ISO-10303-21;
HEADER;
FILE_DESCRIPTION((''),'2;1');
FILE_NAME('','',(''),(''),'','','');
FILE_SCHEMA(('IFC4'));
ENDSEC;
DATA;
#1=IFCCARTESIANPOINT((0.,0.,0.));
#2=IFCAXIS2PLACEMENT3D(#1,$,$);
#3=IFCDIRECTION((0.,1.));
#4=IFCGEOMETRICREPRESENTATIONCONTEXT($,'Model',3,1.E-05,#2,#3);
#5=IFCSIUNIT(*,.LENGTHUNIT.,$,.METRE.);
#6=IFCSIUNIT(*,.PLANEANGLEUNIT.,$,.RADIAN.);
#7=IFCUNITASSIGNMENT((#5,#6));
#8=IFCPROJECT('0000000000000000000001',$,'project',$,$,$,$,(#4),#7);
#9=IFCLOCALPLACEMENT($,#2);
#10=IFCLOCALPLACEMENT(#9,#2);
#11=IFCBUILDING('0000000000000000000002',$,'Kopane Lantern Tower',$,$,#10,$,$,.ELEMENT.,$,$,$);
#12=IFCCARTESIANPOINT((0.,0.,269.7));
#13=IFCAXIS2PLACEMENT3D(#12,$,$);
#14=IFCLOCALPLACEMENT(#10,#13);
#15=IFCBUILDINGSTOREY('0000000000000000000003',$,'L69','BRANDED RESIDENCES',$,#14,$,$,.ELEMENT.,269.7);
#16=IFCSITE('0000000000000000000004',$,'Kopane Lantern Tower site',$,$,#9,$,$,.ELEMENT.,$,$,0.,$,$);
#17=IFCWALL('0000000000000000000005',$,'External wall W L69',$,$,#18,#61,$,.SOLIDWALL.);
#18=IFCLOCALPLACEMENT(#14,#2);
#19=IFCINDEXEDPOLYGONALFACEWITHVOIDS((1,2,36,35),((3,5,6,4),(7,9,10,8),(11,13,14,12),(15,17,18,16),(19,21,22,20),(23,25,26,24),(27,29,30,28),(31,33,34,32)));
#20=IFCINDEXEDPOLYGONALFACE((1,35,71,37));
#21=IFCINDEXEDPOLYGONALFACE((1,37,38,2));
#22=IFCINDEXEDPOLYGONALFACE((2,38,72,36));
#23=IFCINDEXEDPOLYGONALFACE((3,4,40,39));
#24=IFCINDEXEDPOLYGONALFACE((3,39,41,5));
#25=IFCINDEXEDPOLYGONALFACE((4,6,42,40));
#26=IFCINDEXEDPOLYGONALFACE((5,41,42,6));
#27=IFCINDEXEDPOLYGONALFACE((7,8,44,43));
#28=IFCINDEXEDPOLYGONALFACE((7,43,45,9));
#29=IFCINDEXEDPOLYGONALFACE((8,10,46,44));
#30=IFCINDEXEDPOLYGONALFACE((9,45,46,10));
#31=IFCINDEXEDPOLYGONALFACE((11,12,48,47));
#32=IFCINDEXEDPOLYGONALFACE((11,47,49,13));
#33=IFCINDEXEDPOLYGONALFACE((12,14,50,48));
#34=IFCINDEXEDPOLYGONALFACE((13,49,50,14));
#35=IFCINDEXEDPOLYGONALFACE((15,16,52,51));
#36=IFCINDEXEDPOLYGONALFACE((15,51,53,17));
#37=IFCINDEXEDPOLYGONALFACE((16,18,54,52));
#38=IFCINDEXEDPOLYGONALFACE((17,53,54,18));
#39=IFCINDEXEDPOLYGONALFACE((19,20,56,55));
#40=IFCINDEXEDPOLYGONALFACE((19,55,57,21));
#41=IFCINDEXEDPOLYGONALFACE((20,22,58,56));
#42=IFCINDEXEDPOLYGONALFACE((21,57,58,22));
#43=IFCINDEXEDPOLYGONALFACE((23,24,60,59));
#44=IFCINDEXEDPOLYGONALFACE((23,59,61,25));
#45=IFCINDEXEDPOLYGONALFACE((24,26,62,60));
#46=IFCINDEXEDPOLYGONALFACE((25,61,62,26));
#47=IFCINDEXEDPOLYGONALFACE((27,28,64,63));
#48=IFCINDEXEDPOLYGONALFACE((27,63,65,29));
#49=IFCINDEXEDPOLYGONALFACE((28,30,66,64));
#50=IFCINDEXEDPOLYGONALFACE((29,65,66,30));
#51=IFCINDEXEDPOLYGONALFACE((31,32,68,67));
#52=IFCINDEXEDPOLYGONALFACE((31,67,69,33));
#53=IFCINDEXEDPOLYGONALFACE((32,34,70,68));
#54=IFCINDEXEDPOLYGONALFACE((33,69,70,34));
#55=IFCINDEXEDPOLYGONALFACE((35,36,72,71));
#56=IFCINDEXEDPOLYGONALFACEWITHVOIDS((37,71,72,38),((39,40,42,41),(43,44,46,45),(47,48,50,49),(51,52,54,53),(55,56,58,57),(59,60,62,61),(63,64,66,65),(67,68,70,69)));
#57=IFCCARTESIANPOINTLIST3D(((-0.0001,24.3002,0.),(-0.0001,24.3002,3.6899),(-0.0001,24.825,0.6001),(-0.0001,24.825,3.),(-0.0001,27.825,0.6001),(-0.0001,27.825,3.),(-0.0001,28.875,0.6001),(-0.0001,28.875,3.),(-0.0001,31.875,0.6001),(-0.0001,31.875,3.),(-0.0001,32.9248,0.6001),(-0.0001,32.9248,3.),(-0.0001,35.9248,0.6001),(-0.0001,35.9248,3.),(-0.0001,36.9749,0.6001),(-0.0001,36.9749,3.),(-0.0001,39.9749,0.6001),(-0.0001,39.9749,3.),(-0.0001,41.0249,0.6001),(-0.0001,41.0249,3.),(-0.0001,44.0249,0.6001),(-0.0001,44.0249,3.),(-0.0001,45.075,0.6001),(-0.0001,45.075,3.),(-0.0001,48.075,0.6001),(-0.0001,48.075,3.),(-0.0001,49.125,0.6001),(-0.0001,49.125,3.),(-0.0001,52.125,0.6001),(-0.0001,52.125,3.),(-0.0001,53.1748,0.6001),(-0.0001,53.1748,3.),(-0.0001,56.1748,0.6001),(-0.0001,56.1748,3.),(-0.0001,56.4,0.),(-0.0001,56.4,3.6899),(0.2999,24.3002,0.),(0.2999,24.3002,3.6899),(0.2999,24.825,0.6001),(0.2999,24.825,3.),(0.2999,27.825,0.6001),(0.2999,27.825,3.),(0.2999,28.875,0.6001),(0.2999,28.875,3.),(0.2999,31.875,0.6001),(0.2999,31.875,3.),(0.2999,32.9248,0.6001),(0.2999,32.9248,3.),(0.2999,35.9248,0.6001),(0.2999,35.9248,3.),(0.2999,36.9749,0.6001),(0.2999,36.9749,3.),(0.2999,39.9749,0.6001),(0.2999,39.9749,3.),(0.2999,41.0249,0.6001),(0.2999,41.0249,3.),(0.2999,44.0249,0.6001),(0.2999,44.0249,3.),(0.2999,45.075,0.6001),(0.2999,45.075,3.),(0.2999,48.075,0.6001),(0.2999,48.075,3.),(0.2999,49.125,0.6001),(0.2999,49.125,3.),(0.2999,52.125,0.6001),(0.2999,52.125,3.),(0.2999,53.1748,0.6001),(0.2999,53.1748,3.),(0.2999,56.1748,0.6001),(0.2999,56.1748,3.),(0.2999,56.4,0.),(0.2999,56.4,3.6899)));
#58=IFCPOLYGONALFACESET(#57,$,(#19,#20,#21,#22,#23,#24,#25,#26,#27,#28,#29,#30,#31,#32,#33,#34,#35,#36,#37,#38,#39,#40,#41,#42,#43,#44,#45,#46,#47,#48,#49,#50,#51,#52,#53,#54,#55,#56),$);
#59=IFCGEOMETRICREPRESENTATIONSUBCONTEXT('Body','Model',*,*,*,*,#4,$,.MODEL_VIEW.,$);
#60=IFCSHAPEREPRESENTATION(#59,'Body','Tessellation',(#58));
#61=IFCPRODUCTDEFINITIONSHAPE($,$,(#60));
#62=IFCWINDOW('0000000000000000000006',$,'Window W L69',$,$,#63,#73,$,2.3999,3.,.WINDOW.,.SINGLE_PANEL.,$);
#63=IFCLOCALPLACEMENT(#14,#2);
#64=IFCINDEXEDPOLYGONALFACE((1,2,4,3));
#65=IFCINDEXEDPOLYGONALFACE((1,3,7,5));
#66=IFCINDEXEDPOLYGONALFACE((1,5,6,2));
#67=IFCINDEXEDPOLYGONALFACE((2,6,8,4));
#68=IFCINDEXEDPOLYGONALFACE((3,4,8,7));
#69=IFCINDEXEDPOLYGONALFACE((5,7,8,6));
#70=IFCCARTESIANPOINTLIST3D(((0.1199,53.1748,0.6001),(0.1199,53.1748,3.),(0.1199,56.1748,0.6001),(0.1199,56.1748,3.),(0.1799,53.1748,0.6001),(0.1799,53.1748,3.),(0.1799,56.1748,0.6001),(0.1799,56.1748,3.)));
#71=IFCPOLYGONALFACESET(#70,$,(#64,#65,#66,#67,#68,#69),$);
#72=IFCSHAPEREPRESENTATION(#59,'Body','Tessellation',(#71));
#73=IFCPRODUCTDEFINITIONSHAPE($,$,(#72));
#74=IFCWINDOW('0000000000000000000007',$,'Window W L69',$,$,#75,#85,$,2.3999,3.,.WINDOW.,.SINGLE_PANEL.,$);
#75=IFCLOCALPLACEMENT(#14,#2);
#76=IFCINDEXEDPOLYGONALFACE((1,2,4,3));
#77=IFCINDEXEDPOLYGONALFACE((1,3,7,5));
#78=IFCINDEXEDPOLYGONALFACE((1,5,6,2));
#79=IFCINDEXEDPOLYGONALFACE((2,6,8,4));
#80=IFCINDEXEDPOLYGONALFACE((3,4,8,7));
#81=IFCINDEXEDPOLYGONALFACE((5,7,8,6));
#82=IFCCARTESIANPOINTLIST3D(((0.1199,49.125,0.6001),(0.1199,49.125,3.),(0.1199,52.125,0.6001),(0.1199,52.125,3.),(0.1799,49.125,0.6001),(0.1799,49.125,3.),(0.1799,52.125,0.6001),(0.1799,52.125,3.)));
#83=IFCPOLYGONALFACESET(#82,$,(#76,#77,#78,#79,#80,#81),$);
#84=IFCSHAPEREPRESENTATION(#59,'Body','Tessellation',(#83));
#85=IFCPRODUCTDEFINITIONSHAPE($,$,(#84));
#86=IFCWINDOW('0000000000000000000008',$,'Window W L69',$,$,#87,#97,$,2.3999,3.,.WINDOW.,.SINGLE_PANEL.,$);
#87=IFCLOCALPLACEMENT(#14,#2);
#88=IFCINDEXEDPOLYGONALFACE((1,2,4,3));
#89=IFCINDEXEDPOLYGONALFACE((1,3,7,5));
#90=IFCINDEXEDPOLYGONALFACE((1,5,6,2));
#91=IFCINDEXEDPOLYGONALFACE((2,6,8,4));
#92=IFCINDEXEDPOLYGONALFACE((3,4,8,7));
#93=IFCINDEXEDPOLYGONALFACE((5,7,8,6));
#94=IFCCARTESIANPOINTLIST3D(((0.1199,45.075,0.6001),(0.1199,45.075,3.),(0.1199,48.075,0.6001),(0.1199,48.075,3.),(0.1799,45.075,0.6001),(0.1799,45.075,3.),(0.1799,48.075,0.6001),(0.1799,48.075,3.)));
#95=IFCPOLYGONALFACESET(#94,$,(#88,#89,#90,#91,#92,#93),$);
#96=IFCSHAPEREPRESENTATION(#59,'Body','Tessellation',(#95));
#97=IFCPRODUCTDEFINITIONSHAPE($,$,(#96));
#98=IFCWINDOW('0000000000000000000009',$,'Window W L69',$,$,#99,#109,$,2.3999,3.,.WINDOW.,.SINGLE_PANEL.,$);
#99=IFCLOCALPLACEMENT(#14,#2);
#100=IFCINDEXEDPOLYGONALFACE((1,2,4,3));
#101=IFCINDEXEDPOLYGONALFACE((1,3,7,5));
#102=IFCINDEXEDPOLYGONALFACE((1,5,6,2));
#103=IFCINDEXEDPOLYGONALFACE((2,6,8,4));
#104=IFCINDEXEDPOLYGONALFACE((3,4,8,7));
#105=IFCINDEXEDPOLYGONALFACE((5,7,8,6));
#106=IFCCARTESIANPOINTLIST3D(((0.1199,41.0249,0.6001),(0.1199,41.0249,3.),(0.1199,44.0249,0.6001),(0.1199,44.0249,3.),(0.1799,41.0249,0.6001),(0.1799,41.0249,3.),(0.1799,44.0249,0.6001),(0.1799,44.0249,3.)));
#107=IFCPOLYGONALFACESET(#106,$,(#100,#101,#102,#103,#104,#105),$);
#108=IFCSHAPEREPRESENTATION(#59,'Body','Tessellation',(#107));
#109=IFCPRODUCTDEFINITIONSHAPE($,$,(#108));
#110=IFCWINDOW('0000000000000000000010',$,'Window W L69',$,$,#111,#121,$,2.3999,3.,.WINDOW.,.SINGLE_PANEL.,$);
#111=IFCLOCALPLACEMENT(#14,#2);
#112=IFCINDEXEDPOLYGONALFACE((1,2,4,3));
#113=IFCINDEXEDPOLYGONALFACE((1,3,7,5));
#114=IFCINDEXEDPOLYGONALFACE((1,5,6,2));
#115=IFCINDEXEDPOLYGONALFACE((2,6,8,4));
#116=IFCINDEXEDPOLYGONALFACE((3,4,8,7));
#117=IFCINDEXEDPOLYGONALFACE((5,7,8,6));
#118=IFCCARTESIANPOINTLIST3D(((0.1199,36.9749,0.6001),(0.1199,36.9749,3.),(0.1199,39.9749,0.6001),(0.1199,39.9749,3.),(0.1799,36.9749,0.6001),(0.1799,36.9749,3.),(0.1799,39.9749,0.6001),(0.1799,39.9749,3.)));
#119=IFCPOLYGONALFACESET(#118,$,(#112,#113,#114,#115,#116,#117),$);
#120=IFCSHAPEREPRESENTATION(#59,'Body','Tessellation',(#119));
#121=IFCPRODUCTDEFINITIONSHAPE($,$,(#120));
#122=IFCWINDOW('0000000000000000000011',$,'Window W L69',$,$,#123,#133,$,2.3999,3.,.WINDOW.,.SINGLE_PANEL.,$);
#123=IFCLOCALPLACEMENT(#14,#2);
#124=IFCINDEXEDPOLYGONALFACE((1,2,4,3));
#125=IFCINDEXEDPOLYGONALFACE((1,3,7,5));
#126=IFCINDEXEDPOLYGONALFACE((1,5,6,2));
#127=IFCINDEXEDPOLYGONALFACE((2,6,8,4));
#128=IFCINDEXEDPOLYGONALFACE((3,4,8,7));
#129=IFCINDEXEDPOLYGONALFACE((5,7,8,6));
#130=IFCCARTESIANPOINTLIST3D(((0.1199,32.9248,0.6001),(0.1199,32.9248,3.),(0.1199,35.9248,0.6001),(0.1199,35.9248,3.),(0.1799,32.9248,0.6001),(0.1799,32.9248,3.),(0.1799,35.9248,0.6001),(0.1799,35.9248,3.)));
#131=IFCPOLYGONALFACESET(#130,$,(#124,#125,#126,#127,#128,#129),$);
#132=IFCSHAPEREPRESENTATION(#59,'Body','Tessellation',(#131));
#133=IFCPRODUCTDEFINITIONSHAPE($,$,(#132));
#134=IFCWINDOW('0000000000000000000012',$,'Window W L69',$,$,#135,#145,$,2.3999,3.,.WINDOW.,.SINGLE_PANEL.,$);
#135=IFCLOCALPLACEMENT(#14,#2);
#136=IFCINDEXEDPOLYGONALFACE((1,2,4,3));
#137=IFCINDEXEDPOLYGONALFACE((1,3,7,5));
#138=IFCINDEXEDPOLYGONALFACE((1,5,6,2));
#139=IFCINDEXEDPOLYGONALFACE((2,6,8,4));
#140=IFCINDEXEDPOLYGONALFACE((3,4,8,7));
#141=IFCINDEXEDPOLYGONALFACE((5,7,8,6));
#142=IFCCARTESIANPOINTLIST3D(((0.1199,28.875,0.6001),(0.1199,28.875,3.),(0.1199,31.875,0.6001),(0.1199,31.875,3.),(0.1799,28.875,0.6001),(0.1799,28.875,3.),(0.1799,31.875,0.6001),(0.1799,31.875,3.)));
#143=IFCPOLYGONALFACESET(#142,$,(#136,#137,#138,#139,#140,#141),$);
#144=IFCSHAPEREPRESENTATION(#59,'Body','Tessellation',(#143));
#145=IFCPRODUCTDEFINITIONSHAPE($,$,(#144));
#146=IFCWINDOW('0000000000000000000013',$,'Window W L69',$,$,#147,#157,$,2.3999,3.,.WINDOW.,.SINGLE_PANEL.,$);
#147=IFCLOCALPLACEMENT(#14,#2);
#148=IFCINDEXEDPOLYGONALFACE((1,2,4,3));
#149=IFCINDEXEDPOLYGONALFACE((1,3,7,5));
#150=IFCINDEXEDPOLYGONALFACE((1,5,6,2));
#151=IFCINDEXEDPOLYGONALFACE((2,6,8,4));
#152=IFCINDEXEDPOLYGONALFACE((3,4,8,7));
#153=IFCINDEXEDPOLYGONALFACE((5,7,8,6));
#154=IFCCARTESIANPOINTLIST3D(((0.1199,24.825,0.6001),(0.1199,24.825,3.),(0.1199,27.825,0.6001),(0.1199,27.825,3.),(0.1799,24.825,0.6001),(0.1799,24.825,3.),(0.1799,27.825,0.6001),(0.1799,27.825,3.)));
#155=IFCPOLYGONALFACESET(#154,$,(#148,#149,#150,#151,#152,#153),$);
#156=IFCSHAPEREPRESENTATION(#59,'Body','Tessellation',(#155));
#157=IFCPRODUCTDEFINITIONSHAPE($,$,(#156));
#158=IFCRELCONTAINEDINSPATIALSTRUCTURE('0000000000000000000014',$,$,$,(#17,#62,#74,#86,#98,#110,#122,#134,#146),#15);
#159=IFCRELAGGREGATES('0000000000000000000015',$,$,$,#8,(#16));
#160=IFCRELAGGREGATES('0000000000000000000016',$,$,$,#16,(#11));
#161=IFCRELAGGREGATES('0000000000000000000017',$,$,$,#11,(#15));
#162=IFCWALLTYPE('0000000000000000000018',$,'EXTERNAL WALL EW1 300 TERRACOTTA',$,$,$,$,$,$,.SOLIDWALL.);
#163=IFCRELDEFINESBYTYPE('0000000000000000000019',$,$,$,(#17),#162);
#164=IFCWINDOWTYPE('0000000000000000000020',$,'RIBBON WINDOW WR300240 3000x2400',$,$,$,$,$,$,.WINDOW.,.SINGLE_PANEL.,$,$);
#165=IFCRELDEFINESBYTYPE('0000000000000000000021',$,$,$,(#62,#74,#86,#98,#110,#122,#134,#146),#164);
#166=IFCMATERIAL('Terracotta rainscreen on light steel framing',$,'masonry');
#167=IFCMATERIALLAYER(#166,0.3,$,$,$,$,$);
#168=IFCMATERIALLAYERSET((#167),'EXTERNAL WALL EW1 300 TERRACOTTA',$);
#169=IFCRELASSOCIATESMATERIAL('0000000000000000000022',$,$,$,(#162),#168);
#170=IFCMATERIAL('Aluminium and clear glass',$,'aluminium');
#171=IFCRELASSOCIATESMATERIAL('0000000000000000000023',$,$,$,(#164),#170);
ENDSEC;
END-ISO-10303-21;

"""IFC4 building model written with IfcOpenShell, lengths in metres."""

from ifc_helpers import new_model, si_unit, direction, frame, frame_2d, origin, place, context, subcontext, project, spatial, rectangle, extrude, material, layer, layer_set, type_object, element, fill, save


model = new_model("IFC4")

# Units and contexts
model_context = context("Model", 3, precision=1e-05, world=origin(), true_north=direction((0.0, 1.0)))
body_context = subcontext(model_context, "Body", "Model", "MODEL_VIEW")
ifc_project = project(units=[si_unit("LENGTHUNIT", "METRE"), si_unit("PLANEANGLEUNIT", "RADIAN")], contexts=[model_context])

# Site, building, storey
site_placement = place(None, origin())
site = spatial("IfcSite", under=ifc_project, at=site_placement, Name="Kopane Lantern Tower site", CompositionType="ELEMENT", RefElevation=0.0)
building_placement = place(site_placement, origin())
building = spatial("IfcBuilding", under=site, at=building_placement, Name="Kopane Lantern Tower", CompositionType="ELEMENT")
storey_placement = place(building_placement, frame((0.0, 0.0, 269.7)))
storey = spatial("IfcBuildingStorey", under=building, at=storey_placement, Name="L69", Description="BRANDED RESIDENCES", CompositionType="ELEMENT", Elevation=269.7)

# Shared definitions
ifc_material_1 = material(Name="Terracotta rainscreen on light steel framing", Category="masonry")
ifc_layer_1 = layer(ifc_material_1, 0.3)
ifc_layer_set_1 = layer_set([ifc_layer_1], Name="EXTERNAL WALL EW1 300 TERRACOTTA")
wall_type_1 = type_object("IfcWallType", Name="EXTERNAL WALL EW1 300 TERRACOTTA", PredefinedType="SOLIDWALL", material=ifc_layer_set_1)

# Wall, openings, windows
wall_1_placement = place(storey_placement, frame((0.1499, 56.3999, 0.0), z_axis=(0.0, 0.0, 1.0), x_axis=(0.0, -1.0, 0.0)))
wall_1 = element("IfcWall", 1, at=wall_1_placement, inside=storey, type_object=wall_type_1, Name="External wall W L69", PredefinedType="SOLIDWALL", context=body_context, shape_type="SweptSolid", body=[
    extrude(rectangle(XDim=32.0999, YDim=0.3, at=frame_2d((16.0498, 0.0))), origin(), (0.0, 0.0, 1.0), 3.6899),
])
opening_1_placement = place(wall_1_placement, frame((0.2251, 0.0, 0.6001)))
opening_1 = element("IfcOpeningElement", 2, at=opening_1_placement, cuts=wall_1, PredefinedType="OPENING", context=body_context, shape_type="SweptSolid", body=[
    extrude(rectangle(XDim=3.0, YDim=2.3999, at=frame_2d((1.5, 1.2))), frame((0.0, 0.1599, 0.0), z_axis=(0.0, -1.0, 0.0), x_axis=(1.0, 0.0, 0.0)), (0.0, 0.0, 1.0), 0.3201),
])
opening_2_placement = place(wall_1_placement, frame((4.2749, 0.0, 0.6001)))
opening_2 = element("IfcOpeningElement", 3, at=opening_2_placement, cuts=wall_1, PredefinedType="OPENING", context=body_context, shape_type="SweptSolid", body=[
    extrude(rectangle(XDim=3.0, YDim=2.3999, at=frame_2d((1.5, 1.2))), frame((0.0, 0.1599, 0.0), z_axis=(0.0, -1.0, 0.0), x_axis=(1.0, 0.0, 0.0)), (0.0, 0.0, 1.0), 0.3201),
])
opening_3_placement = place(wall_1_placement, frame((8.325, 0.0, 0.6001)))
opening_3 = element("IfcOpeningElement", 4, at=opening_3_placement, cuts=wall_1, PredefinedType="OPENING", context=body_context, shape_type="SweptSolid", body=[
    extrude(rectangle(XDim=3.0, YDim=2.3999, at=frame_2d((1.5, 1.2))), frame((0.0, 0.1599, 0.0), z_axis=(0.0, -1.0, 0.0), x_axis=(1.0, 0.0, 0.0)), (0.0, 0.0, 1.0), 0.3201),
])
opening_4_placement = place(wall_1_placement, frame((12.375, 0.0, 0.6001)))
opening_4 = element("IfcOpeningElement", 5, at=opening_4_placement, cuts=wall_1, PredefinedType="OPENING", context=body_context, shape_type="SweptSolid", body=[
    extrude(rectangle(XDim=3.0, YDim=2.3999, at=frame_2d((1.5, 1.2))), frame((0.0, 0.1599, 0.0), z_axis=(0.0, -1.0, 0.0), x_axis=(1.0, 0.0, 0.0)), (0.0, 0.0, 1.0), 0.3201),
])
opening_5_placement = place(wall_1_placement, frame((16.425, 0.0, 0.6001)))
opening_5 = element("IfcOpeningElement", 6, at=opening_5_placement, cuts=wall_1, PredefinedType="OPENING", context=body_context, shape_type="SweptSolid", body=[
    extrude(rectangle(XDim=3.0, YDim=2.3999, at=frame_2d((1.5, 1.2))), frame((0.0, 0.1599, 0.0), z_axis=(0.0, -1.0, 0.0), x_axis=(1.0, 0.0, 0.0)), (0.0, 0.0, 1.0), 0.3201),
])
opening_6_placement = place(wall_1_placement, frame((20.4751, 0.0, 0.6001)))
opening_6 = element("IfcOpeningElement", 7, at=opening_6_placement, cuts=wall_1, PredefinedType="OPENING", context=body_context, shape_type="SweptSolid", body=[
    extrude(rectangle(XDim=3.0, YDim=2.3999, at=frame_2d((1.5, 1.2))), frame((0.0, 0.1599, 0.0), z_axis=(0.0, -1.0, 0.0), x_axis=(1.0, 0.0, 0.0)), (0.0, 0.0, 1.0), 0.3201),
])
opening_7_placement = place(wall_1_placement, frame((24.5249, 0.0, 0.6001)))
opening_7 = element("IfcOpeningElement", 8, at=opening_7_placement, cuts=wall_1, PredefinedType="OPENING", context=body_context, shape_type="SweptSolid", body=[
    extrude(rectangle(XDim=3.0, YDim=2.3999, at=frame_2d((1.5, 1.2))), frame((0.0, 0.1599, 0.0), z_axis=(0.0, -1.0, 0.0), x_axis=(1.0, 0.0, 0.0)), (0.0, 0.0, 1.0), 0.3201),
])
opening_8_placement = place(wall_1_placement, frame((28.575, 0.0, 0.6001)))
opening_8 = element("IfcOpeningElement", 9, at=opening_8_placement, cuts=wall_1, PredefinedType="OPENING", context=body_context, shape_type="SweptSolid", body=[
    extrude(rectangle(XDim=3.0, YDim=2.3999, at=frame_2d((1.5, 1.2))), frame((0.0, 0.1599, 0.0), z_axis=(0.0, -1.0, 0.0), x_axis=(1.0, 0.0, 0.0)), (0.0, 0.0, 1.0), 0.3201),
])
ifc_material_2 = material(Name="Aluminium and clear glass", Category="aluminium")
window_type_1 = type_object("IfcWindowType", Name="RIBBON WINDOW WR300240 3000x2400", PartitioningType="SINGLE_PANEL", PredefinedType="WINDOW", material=ifc_material_2)
window_1_placement = place(opening_1_placement, origin())
window_1 = element("IfcWindow", 10, at=window_1_placement, inside=storey, type_object=window_type_1, Name="Window W L69", OverallHeight=2.3999, OverallWidth=3.0, PartitioningType="SINGLE_PANEL", PredefinedType="WINDOW", context=body_context, shape_type="SweptSolid", body=[
    extrude(rectangle(XDim=3.0, YDim=2.3999, at=frame_2d((1.5, 1.2))), frame((0.0, 0.03, 0.0), z_axis=(0.0, -1.0, 0.0), x_axis=(1.0, 0.0, 0.0)), (0.0, 0.0, 1.0), 0.0601),
])
fill(opening_1, window_1)
window_2_placement = place(opening_2_placement, origin())
window_2 = element("IfcWindow", 11, at=window_2_placement, inside=storey, type_object=window_type_1, Name="Window W L69", OverallHeight=2.3999, OverallWidth=3.0, PartitioningType="SINGLE_PANEL", PredefinedType="WINDOW", context=body_context, shape_type="SweptSolid", body=[
    extrude(rectangle(XDim=3.0, YDim=2.3999, at=frame_2d((1.5, 1.2))), frame((0.0, 0.03, 0.0), z_axis=(0.0, -1.0, 0.0), x_axis=(1.0, 0.0, 0.0)), (0.0, 0.0, 1.0), 0.0601),
])
fill(opening_2, window_2)
window_3_placement = place(opening_3_placement, origin())
window_3 = element("IfcWindow", 12, at=window_3_placement, inside=storey, type_object=window_type_1, Name="Window W L69", OverallHeight=2.3999, OverallWidth=3.0, PartitioningType="SINGLE_PANEL", PredefinedType="WINDOW", context=body_context, shape_type="SweptSolid", body=[
    extrude(rectangle(XDim=3.0, YDim=2.3999, at=frame_2d((1.5, 1.2))), frame((0.0, 0.03, 0.0), z_axis=(0.0, -1.0, 0.0), x_axis=(1.0, 0.0, 0.0)), (0.0, 0.0, 1.0), 0.0601),
])
fill(opening_3, window_3)
window_4_placement = place(opening_4_placement, origin())
window_4 = element("IfcWindow", 13, at=window_4_placement, inside=storey, type_object=window_type_1, Name="Window W L69", OverallHeight=2.3999, OverallWidth=3.0, PartitioningType="SINGLE_PANEL", PredefinedType="WINDOW", context=body_context, shape_type="SweptSolid", body=[
    extrude(rectangle(XDim=3.0, YDim=2.3999, at=frame_2d((1.5, 1.2))), frame((0.0, 0.03, 0.0), z_axis=(0.0, -1.0, 0.0), x_axis=(1.0, 0.0, 0.0)), (0.0, 0.0, 1.0), 0.0601),
])
fill(opening_4, window_4)
window_5_placement = place(opening_5_placement, origin())
window_5 = element("IfcWindow", 14, at=window_5_placement, inside=storey, type_object=window_type_1, Name="Window W L69", OverallHeight=2.3999, OverallWidth=3.0, PartitioningType="SINGLE_PANEL", PredefinedType="WINDOW", context=body_context, shape_type="SweptSolid", body=[
    extrude(rectangle(XDim=3.0, YDim=2.3999, at=frame_2d((1.5, 1.2))), frame((0.0, 0.03, 0.0), z_axis=(0.0, -1.0, 0.0), x_axis=(1.0, 0.0, 0.0)), (0.0, 0.0, 1.0), 0.0601),
])
fill(opening_5, window_5)
window_6_placement = place(opening_6_placement, origin())
window_6 = element("IfcWindow", 15, at=window_6_placement, inside=storey, type_object=window_type_1, Name="Window W L69", OverallHeight=2.3999, OverallWidth=3.0, PartitioningType="SINGLE_PANEL", PredefinedType="WINDOW", context=body_context, shape_type="SweptSolid", body=[
    extrude(rectangle(XDim=3.0, YDim=2.3999, at=frame_2d((1.5, 1.2))), frame((0.0, 0.03, 0.0), z_axis=(0.0, -1.0, 0.0), x_axis=(1.0, 0.0, 0.0)), (0.0, 0.0, 1.0), 0.0601),
])
fill(opening_6, window_6)
window_7_placement = place(opening_7_placement, origin())
window_7 = element("IfcWindow", 16, at=window_7_placement, inside=storey, type_object=window_type_1, Name="Window W L69", OverallHeight=2.3999, OverallWidth=3.0, PartitioningType="SINGLE_PANEL", PredefinedType="WINDOW", context=body_context, shape_type="SweptSolid", body=[
    extrude(rectangle(XDim=3.0, YDim=2.3999, at=frame_2d((1.5, 1.2))), frame((0.0, 0.03, 0.0), z_axis=(0.0, -1.0, 0.0), x_axis=(1.0, 0.0, 0.0)), (0.0, 0.0, 1.0), 0.0601),
])
fill(opening_7, window_7)
window_8_placement = place(opening_8_placement, origin())
window_8 = element("IfcWindow", 17, at=window_8_placement, inside=storey, type_object=window_type_1, Name="Window W L69", OverallHeight=2.3999, OverallWidth=3.0, PartitioningType="SINGLE_PANEL", PredefinedType="WINDOW", context=body_context, shape_type="SweptSolid", body=[
    extrude(rectangle(XDim=3.0, YDim=2.3999, at=frame_2d((1.5, 1.2))), frame((0.0, 0.03, 0.0), z_axis=(0.0, -1.0, 0.0), x_axis=(1.0, 0.0, 0.0)), (0.0, 0.0, 1.0), 0.0601),
])
fill(opening_8, window_8)

save(model, "model.ifc")
